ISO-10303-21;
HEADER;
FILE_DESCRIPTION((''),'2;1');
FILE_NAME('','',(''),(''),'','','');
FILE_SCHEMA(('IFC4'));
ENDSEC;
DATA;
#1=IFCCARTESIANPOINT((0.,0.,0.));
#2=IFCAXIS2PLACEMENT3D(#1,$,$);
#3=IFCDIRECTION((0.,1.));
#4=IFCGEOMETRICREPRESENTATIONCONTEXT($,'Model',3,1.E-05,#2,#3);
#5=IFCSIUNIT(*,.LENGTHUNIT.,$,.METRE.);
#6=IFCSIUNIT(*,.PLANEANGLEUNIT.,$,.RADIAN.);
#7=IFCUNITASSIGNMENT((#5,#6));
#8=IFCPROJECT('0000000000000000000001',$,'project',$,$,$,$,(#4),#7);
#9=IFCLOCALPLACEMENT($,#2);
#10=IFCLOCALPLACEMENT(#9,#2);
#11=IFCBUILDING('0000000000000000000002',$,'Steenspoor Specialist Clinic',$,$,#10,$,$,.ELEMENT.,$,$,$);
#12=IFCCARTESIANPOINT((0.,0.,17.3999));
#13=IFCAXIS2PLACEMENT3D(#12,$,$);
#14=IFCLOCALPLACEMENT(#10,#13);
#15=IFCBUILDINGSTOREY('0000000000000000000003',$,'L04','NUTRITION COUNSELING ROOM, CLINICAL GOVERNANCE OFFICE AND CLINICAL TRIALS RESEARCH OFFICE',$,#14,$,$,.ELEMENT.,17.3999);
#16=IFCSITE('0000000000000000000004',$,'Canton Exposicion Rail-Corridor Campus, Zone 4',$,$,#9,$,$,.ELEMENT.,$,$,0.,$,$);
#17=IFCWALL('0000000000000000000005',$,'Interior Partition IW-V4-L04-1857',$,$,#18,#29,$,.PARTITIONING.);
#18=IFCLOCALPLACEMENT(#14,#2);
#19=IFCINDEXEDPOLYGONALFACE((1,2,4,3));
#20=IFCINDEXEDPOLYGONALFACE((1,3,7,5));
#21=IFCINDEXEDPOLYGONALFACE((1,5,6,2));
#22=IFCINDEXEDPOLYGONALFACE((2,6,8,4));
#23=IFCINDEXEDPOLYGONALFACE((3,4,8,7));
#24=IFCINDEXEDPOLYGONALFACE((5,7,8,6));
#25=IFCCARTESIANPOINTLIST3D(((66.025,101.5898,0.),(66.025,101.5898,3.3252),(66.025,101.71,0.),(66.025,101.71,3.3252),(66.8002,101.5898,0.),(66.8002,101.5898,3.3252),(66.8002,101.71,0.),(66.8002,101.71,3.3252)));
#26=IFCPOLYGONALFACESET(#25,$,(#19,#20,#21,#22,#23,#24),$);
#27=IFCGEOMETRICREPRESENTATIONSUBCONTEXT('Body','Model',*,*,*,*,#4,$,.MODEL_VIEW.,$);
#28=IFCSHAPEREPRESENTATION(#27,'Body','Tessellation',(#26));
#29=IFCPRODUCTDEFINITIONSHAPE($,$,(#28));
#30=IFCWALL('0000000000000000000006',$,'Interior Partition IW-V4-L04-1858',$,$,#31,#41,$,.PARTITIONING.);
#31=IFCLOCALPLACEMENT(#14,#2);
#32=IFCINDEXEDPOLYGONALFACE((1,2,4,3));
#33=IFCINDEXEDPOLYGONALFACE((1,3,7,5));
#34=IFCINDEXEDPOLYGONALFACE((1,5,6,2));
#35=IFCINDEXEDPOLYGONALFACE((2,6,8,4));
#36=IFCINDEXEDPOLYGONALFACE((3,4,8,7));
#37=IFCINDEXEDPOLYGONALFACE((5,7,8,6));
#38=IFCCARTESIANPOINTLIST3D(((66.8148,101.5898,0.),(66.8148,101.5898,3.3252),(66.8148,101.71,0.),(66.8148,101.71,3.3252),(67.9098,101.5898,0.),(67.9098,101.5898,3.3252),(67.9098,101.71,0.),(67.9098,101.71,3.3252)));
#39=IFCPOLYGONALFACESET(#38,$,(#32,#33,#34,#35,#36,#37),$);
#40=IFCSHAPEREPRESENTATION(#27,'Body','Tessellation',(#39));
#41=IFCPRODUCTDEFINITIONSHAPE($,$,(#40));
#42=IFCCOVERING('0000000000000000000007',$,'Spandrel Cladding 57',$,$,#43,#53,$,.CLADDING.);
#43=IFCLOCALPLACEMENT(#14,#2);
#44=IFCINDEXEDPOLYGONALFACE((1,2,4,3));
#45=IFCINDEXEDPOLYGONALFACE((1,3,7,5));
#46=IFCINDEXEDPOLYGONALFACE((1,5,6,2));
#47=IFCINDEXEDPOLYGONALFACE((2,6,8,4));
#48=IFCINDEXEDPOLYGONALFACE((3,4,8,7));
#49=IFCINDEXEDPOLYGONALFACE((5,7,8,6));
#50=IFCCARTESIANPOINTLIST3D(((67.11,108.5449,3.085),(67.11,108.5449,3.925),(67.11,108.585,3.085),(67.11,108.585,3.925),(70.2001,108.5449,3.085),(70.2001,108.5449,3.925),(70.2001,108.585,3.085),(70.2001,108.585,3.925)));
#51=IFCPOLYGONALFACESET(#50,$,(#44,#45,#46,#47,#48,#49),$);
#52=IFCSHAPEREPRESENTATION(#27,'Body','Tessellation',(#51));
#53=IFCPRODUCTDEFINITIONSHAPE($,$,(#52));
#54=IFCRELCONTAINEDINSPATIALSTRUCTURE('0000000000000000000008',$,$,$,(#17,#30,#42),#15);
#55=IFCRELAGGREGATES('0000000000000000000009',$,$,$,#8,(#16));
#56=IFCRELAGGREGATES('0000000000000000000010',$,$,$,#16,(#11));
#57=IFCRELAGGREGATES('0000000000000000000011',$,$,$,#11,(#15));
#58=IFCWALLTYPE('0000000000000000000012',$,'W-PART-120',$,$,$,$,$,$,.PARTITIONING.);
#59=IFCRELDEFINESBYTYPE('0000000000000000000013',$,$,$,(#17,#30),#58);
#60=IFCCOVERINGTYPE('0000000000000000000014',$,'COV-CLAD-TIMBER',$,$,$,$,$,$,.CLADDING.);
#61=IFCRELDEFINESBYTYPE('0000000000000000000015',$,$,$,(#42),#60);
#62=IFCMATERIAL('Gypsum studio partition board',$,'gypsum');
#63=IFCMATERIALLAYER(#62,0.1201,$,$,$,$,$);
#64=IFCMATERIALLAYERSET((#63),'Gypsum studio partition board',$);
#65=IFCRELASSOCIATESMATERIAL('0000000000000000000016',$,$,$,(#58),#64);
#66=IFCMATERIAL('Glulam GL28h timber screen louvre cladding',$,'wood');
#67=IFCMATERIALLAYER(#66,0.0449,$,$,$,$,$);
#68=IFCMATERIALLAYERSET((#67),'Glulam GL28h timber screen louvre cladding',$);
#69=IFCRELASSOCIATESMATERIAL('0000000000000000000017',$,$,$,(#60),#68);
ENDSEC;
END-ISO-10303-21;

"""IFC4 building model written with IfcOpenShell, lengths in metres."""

from ifc_helpers import new_model, si_unit, direction, frame, frame_2d, origin, origin_2d, place, context, subcontext, project, spatial, rectangle, extrude, material, layer, layer_set, type_object, element, save


model = new_model("IFC4")

# Units and contexts
model_context = context("Model", 3, precision=1e-05, world=origin(), true_north=direction((0.0, 1.0)))
body_context = subcontext(model_context, "Body", "Model", "MODEL_VIEW")
ifc_project = project(units=[si_unit("LENGTHUNIT", "METRE"), si_unit("PLANEANGLEUNIT", "RADIAN")], contexts=[model_context])

# Site, building, storey
site_placement = place(None, origin())
site = spatial("IfcSite", under=ifc_project, at=site_placement, Name="Canton Exposicion Rail-Corridor Campus, Zone 4", CompositionType="ELEMENT", RefElevation=0.0)
building_placement = place(site_placement, origin())
building = spatial("IfcBuilding", under=site, at=building_placement, Name="Steenspoor Specialist Clinic", CompositionType="ELEMENT")
storey_placement = place(building_placement, frame((0.0, 0.0, 17.3999)))
storey = spatial("IfcBuildingStorey", under=building, at=storey_placement, Name="L04", Description="NUTRITION COUNSELING ROOM, CLINICAL GOVERNANCE OFFICE AND CLINICAL TRIALS RESEARCH OFFICE", CompositionType="ELEMENT", Elevation=17.3999)

# Walls
ifc_material_1 = material(Name="Gypsum studio partition board", Category="gypsum")
ifc_layer_1 = layer(ifc_material_1, 0.1201)
ifc_layer_set_1 = layer_set([ifc_layer_1], Name="Gypsum studio partition board")
wall_type_1 = type_object("IfcWallType", Name="W-PART-120", PredefinedType="PARTITIONING", material=ifc_layer_set_1)
wall_1_placement = place(storey_placement, frame((66.0249, 101.6499, 0.0), z_axis=(0.0, 0.0, 1.0), x_axis=(1.0, 0.0, 0.0)))
element("IfcWall", 1, at=wall_1_placement, inside=storey, type_object=wall_type_1, Name="Interior Partition IW-V4-L04-1857", PredefinedType="PARTITIONING", context=body_context, shape_type="SweptSolid", body=[
    extrude(rectangle(XDim=0.7751, YDim=0.1201, at=frame_2d((0.3877, 0.0))), origin(), (0.0, 0.0, 1.0), 3.3252),
])
wall_2_placement = place(storey_placement, frame((66.8149, 101.6499, 0.0), z_axis=(0.0, 0.0, 1.0), x_axis=(1.0, 0.0, 0.0)))
element("IfcWall", 2, at=wall_2_placement, inside=storey, type_object=wall_type_1, Name="Interior Partition IW-V4-L04-1858", PredefinedType="PARTITIONING", context=body_context, shape_type="SweptSolid", body=[
    extrude(rectangle(XDim=1.095, YDim=0.1201, at=frame_2d((0.5474, 0.0))), origin(), (0.0, 0.0, 1.0), 3.3252),
])

# Covering
ifc_material_2 = material(Name="Glulam GL28h timber screen louvre cladding", Category="wood")
ifc_layer_2 = layer(ifc_material_2, 0.0449)
ifc_layer_set_2 = layer_set([ifc_layer_2], Name="Glulam GL28h timber screen louvre cladding")
covering_type = type_object("IfcCoveringType", Name="COV-CLAD-TIMBER", PredefinedType="CLADDING", material=ifc_layer_set_2)
covering_placement = place(storey_placement, frame((68.655, 108.5649, 3.085), z_axis=(0.0, 0.0, 1.0), x_axis=(1.0, 0.0, 0.0)))
element("IfcCovering", 3, at=covering_placement, inside=storey, type_object=covering_type, Name="Spandrel Cladding 57", PredefinedType="CLADDING", context=body_context, shape_type="SweptSolid", body=[
    extrude(rectangle(XDim=3.0901, YDim=0.04, at=origin_2d()), origin(), (0.0, 0.0, 1.0), 0.8401),
])

save(model, "model.ifc")
